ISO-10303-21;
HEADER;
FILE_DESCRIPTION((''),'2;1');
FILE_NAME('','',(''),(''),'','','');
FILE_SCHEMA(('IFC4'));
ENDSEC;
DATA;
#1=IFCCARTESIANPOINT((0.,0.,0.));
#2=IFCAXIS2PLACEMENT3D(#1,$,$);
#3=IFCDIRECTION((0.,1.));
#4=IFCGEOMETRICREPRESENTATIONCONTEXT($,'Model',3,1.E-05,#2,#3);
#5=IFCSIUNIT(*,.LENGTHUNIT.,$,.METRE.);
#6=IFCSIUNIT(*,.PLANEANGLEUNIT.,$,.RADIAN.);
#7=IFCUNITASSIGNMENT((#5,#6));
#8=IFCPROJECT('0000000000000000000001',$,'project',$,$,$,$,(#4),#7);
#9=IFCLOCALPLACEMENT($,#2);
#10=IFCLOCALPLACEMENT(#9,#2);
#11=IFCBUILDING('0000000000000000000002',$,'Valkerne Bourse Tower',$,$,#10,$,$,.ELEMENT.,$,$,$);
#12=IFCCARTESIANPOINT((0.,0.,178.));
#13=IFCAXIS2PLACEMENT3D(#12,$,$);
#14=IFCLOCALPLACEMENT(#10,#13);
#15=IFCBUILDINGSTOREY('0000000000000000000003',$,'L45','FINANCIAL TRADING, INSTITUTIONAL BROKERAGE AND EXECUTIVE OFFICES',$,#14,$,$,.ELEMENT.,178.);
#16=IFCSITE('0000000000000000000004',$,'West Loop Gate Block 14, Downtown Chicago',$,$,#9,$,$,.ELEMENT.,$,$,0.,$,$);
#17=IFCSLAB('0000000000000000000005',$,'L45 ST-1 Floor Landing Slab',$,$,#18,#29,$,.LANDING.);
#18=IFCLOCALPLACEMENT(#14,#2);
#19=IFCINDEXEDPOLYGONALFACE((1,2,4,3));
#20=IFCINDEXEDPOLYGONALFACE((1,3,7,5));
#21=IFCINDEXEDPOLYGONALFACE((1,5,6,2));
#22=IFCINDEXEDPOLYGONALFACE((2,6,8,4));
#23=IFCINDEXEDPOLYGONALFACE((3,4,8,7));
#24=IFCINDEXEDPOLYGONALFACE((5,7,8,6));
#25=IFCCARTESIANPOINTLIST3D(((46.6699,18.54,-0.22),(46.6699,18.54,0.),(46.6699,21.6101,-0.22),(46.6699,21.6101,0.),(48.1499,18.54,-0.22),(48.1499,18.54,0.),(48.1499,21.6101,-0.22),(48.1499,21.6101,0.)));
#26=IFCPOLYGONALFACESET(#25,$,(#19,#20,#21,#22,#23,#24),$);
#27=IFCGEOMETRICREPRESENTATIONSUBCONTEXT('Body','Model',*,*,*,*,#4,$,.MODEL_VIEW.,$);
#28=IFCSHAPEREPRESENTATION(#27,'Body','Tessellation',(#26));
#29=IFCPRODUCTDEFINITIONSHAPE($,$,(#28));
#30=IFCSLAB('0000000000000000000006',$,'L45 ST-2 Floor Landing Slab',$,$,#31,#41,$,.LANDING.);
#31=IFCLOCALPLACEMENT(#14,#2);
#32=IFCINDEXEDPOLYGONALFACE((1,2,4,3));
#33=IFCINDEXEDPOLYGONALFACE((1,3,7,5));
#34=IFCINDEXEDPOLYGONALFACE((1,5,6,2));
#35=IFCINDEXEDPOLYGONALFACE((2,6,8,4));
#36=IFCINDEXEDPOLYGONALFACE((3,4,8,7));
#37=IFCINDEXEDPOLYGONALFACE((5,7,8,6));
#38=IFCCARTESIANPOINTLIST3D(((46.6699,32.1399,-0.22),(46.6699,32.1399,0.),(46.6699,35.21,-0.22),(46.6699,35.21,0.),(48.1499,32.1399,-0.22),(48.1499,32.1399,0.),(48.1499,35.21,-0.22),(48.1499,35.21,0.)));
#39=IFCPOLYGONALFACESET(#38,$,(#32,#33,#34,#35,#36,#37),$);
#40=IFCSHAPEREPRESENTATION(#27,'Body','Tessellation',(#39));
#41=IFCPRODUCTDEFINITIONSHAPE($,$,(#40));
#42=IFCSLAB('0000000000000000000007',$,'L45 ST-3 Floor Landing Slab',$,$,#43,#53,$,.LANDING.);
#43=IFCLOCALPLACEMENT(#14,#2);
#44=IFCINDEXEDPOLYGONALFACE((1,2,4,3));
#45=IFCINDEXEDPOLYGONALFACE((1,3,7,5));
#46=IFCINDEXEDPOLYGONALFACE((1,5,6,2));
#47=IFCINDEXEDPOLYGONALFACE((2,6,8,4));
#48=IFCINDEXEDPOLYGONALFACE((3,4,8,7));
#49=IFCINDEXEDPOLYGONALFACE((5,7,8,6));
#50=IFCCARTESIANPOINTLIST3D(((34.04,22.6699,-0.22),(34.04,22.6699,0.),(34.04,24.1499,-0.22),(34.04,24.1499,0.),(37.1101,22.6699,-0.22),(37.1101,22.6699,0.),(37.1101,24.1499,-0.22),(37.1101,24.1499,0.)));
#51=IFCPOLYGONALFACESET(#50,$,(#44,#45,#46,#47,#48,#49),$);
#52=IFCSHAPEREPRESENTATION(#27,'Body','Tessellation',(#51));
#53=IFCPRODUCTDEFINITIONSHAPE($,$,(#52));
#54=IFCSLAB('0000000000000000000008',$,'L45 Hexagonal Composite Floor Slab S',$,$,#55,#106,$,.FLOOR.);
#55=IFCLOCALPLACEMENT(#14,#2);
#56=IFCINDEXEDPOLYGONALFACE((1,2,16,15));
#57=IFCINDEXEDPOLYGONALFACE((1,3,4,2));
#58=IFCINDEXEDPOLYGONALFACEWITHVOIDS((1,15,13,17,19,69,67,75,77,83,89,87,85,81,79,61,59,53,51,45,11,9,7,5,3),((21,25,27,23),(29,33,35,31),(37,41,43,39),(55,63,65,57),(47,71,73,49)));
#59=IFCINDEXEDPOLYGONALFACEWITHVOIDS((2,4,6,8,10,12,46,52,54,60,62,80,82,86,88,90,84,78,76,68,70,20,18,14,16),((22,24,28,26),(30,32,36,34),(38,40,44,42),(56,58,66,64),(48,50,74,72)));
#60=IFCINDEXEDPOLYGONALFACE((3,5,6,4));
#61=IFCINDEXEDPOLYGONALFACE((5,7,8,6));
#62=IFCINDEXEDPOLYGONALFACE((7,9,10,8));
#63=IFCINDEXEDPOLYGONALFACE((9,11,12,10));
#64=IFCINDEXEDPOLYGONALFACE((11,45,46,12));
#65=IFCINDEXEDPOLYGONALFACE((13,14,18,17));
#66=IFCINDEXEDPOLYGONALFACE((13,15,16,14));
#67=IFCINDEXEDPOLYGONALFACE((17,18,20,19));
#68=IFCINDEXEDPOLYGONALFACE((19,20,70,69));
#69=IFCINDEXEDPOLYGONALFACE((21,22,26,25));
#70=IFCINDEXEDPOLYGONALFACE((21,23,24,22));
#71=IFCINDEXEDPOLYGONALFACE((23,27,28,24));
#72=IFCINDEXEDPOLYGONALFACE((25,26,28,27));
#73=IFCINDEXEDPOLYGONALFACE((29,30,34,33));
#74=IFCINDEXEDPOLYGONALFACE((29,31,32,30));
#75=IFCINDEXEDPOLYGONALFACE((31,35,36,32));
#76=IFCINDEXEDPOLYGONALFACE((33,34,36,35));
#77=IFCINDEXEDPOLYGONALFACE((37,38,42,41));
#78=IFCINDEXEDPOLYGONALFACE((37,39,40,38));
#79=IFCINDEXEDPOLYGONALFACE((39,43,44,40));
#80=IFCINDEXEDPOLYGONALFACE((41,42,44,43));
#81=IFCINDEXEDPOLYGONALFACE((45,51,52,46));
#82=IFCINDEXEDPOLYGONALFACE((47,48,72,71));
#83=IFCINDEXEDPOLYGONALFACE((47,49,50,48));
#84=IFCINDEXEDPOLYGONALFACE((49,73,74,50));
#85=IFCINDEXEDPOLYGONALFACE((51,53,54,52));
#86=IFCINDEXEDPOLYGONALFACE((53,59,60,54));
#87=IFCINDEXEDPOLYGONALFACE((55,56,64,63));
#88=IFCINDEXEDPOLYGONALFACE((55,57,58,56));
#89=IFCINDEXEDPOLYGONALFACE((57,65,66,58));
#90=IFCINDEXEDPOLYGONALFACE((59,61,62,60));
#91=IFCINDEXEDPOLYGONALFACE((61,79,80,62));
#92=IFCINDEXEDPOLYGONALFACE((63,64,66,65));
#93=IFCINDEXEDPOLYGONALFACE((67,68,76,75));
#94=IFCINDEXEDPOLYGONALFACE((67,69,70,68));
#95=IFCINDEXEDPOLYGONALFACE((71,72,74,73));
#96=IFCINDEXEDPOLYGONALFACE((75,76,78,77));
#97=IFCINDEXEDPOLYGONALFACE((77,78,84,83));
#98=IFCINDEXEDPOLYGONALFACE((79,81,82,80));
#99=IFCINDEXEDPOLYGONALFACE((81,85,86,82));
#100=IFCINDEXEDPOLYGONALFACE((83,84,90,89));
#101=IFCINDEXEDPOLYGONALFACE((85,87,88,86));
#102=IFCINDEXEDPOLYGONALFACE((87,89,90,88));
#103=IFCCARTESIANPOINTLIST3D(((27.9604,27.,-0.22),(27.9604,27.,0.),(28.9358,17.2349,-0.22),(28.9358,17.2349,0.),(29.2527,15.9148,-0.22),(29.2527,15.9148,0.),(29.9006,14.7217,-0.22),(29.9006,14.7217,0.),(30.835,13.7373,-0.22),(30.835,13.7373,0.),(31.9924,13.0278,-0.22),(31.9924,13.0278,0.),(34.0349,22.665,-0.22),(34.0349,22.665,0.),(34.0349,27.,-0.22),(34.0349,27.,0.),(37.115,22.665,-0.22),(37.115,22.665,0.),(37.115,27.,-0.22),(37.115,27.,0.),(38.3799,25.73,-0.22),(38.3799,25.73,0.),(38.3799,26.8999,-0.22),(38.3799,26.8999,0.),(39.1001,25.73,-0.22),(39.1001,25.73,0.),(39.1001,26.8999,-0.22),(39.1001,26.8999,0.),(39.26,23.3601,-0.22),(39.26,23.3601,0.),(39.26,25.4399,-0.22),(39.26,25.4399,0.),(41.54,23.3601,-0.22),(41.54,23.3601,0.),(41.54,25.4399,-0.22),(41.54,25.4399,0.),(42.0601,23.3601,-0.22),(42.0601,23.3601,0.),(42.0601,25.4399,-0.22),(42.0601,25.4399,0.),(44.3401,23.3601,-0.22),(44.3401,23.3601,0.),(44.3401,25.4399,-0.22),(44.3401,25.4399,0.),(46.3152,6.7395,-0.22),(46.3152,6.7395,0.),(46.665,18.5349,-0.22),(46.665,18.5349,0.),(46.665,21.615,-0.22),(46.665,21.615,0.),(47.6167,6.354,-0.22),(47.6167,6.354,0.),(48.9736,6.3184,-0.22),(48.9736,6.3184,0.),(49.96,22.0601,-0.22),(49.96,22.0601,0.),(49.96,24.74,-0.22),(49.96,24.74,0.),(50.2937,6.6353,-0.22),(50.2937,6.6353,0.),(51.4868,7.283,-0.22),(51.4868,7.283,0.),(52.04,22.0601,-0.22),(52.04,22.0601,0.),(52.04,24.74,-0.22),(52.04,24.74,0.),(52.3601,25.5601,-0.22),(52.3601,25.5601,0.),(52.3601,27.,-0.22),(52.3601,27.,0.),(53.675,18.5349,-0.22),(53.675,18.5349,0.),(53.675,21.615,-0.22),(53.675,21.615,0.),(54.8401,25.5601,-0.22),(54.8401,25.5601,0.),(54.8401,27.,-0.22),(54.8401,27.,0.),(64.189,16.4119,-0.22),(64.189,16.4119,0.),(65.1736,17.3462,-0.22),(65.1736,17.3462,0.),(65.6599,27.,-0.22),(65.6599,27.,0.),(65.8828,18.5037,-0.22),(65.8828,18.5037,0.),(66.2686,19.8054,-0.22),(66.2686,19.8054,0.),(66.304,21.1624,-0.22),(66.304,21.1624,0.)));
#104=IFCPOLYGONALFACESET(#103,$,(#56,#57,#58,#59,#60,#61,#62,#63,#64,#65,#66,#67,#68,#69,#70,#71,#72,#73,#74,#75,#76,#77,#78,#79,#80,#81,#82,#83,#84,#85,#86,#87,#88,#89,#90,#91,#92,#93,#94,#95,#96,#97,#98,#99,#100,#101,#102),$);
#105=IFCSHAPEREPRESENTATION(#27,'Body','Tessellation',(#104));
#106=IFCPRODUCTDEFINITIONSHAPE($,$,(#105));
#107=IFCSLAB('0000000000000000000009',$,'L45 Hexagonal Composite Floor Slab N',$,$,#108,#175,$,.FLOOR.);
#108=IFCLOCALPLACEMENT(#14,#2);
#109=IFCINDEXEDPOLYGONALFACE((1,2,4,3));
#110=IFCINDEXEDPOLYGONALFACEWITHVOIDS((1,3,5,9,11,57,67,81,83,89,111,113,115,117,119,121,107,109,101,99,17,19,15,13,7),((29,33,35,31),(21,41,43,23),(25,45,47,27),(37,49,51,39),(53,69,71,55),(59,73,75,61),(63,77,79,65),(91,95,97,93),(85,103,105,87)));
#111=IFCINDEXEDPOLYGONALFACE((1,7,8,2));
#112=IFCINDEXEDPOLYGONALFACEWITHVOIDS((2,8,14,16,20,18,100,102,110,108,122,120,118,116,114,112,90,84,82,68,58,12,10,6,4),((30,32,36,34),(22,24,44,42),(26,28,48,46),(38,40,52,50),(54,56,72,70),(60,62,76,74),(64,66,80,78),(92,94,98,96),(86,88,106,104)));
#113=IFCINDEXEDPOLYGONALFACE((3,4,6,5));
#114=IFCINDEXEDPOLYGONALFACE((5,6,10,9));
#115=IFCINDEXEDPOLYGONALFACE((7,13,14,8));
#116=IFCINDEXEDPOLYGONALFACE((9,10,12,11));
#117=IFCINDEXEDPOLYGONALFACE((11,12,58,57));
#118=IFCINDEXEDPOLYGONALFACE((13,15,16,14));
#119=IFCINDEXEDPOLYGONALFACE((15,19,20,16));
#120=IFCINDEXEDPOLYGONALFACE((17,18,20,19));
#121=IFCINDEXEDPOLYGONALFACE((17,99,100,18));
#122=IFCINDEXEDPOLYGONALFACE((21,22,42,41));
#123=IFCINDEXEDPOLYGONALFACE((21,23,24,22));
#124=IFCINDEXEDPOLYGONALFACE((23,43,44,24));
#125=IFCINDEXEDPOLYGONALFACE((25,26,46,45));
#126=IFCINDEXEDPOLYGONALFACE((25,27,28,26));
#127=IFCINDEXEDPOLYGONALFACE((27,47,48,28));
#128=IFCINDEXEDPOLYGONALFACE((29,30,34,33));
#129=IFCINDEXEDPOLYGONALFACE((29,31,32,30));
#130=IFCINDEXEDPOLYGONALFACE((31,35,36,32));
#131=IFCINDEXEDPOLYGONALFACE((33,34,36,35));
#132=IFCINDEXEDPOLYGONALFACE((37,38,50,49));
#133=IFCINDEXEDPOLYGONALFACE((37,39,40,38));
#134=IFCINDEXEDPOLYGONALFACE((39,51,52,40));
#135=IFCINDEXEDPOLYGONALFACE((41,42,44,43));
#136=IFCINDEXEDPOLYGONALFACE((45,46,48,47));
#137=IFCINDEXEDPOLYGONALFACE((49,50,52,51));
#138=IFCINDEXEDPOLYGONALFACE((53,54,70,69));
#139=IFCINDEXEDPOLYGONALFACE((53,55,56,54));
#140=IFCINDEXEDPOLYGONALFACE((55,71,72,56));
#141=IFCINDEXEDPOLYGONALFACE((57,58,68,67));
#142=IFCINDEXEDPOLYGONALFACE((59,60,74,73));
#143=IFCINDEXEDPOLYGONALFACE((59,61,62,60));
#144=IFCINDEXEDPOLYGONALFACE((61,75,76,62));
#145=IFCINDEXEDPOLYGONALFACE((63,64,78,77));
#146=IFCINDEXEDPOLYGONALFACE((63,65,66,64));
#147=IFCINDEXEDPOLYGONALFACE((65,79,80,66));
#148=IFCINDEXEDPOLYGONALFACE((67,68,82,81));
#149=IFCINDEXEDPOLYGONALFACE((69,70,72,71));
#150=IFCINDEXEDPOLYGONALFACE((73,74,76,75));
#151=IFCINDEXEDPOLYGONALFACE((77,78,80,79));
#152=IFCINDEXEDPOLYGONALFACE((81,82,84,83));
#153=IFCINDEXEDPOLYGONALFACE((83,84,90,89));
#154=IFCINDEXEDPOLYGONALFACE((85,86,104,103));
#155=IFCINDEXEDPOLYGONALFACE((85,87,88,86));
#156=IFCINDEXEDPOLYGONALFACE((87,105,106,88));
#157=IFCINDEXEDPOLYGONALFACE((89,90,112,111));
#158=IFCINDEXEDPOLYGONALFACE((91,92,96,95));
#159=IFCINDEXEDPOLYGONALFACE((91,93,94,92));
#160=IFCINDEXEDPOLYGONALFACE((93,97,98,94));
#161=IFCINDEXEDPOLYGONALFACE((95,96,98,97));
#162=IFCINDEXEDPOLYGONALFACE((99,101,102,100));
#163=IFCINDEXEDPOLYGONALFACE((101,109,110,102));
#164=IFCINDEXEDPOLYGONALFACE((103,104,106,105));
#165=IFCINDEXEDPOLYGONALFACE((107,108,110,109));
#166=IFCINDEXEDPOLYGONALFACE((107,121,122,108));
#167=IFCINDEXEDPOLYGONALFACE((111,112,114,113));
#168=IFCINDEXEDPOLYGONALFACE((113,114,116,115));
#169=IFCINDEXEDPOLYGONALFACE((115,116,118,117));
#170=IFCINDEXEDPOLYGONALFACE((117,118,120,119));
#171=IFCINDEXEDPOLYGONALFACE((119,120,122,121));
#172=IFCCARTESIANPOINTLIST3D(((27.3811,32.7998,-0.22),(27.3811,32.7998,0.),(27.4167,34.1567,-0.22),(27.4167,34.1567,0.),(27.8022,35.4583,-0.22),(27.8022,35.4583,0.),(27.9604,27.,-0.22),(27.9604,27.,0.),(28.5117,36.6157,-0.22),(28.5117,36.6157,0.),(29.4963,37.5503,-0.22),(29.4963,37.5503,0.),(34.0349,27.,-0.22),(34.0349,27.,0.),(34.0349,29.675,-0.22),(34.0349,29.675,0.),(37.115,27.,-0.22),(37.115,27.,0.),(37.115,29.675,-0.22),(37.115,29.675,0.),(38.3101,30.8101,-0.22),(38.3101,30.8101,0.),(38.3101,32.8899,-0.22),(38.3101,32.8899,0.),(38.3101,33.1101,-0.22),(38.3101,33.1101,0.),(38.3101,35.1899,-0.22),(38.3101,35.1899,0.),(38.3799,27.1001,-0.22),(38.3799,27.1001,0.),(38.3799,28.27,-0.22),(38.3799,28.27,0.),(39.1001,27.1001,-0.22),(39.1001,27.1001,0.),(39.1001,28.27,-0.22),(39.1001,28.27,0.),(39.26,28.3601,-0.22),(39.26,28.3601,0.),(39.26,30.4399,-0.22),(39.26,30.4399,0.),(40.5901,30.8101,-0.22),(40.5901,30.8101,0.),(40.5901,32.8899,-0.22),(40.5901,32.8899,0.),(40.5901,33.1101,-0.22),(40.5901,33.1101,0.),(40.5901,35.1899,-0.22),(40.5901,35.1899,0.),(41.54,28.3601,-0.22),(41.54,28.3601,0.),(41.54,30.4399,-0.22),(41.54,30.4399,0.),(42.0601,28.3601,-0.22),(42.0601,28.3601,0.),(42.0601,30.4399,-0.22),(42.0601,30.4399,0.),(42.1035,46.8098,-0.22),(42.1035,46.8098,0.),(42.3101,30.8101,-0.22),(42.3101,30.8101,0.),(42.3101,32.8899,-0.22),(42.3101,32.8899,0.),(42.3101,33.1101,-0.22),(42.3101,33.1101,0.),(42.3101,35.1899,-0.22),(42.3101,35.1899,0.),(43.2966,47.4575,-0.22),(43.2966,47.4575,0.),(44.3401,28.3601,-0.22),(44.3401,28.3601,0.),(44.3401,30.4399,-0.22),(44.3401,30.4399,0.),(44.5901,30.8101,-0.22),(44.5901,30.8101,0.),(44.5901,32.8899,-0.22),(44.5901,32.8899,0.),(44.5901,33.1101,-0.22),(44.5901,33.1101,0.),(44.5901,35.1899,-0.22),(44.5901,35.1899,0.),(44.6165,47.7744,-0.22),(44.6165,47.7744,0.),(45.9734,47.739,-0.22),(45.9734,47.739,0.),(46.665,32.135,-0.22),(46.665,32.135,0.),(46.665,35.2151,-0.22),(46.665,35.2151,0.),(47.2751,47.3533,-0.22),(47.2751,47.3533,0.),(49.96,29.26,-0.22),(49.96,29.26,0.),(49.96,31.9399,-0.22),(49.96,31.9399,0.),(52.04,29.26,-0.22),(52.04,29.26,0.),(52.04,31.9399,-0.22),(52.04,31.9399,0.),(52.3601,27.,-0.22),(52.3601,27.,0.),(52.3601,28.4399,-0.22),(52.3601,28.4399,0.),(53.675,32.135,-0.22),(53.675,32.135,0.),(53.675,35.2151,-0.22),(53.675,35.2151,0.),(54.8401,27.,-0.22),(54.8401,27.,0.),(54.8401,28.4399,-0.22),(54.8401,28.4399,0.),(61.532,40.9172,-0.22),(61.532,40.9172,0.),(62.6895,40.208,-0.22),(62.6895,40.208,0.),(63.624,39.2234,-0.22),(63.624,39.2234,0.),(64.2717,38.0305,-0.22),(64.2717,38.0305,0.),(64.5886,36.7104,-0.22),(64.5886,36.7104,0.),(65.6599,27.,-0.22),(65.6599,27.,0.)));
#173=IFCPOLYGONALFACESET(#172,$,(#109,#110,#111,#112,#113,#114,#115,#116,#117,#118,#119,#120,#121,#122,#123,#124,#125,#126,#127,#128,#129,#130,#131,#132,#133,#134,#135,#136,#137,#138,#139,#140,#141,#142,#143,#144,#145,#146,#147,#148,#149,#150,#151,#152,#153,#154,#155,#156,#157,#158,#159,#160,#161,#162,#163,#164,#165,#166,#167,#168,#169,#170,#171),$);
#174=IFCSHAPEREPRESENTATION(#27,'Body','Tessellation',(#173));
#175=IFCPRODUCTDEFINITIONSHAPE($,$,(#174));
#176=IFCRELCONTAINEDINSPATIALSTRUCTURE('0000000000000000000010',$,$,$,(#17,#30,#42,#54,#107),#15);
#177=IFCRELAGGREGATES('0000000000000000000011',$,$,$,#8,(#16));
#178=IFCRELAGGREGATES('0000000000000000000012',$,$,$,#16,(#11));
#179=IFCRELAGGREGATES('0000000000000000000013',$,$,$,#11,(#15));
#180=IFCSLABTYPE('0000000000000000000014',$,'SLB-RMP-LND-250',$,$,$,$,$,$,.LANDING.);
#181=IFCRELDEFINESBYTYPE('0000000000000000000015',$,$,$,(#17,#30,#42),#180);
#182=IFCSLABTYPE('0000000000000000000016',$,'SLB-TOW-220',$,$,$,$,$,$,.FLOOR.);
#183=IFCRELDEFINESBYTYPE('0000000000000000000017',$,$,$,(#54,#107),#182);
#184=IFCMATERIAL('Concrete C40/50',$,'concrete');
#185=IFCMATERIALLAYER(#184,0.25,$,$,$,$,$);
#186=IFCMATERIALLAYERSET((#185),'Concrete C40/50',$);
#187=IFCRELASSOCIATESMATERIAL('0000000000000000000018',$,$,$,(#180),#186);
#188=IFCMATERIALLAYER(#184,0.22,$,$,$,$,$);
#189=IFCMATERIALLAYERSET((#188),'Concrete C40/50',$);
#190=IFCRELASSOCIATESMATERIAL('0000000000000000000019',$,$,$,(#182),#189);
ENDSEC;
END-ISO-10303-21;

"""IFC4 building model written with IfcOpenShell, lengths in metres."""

from ifc_helpers import new_model, si_unit, direction, frame, origin, place, context, subcontext, project, spatial, polyline, outline, extrude, material, layer, layer_set, type_object, element, save


model = new_model("IFC4")

# Units and contexts
model_context = context("Model", 3, precision=1e-05, world=origin(), true_north=direction((0.0, 1.0)))
body_context = subcontext(model_context, "Body", "Model", "MODEL_VIEW")
ifc_project = project(units=[si_unit("LENGTHUNIT", "METRE"), si_unit("PLANEANGLEUNIT", "RADIAN")], contexts=[model_context])

# Site, building, storey
site_placement = place(None, origin())
site = spatial("IfcSite", under=ifc_project, at=site_placement, Name="West Loop Gate Block 14, Downtown Chicago", CompositionType="ELEMENT", RefElevation=0.0)
building_placement = place(site_placement, origin())
building = spatial("IfcBuilding", under=site, at=building_placement, Name="Valkerne Bourse Tower", CompositionType="ELEMENT")
storey_placement = place(building_placement, frame((0.0, 0.0, 178.0)))
storey = spatial("IfcBuildingStorey", under=building, at=storey_placement, Name="L45", Description="FINANCIAL TRADING, INSTITUTIONAL BROKERAGE AND EXECUTIVE OFFICES", CompositionType="ELEMENT", Elevation=178.0)

# Slabs
ifc_material_1 = material(Name="Concrete C40/50", Category="concrete")
ifc_layer_1 = layer(ifc_material_1, 0.25)
ifc_layer_set_1 = layer_set([ifc_layer_1], Name="Concrete C40/50")
slab_type_1 = type_object("IfcSlabType", Name="SLB-RMP-LND-250", PredefinedType="LANDING", material=ifc_layer_set_1)
slab_1_placement = place(storey_placement, frame((0.0, 0.0, -0.22)))
element("IfcSlab", 1, at=slab_1_placement, inside=storey, type_object=slab_type_1, Name="L45 ST-1 Floor Landing Slab", PredefinedType="LANDING", context=body_context, shape_type="SweptSolid", body=[
    extrude(outline(polyline([(46.6699, 18.54), (48.1499, 18.54), (48.1499, 21.6101), (46.6699, 21.6101), (46.6699, 18.54)])), origin(), (0.0, 0.0, 1.0), 0.22),
])
slab_2_placement = place(storey_placement, frame((0.0, 0.0, -0.22)))
element("IfcSlab", 2, at=slab_2_placement, inside=storey, type_object=slab_type_1, Name="L45 ST-2 Floor Landing Slab", PredefinedType="LANDING", context=body_context, shape_type="SweptSolid", body=[
    extrude(outline(polyline([(46.6699, 32.1399), (48.1499, 32.1399), (48.1499, 35.21), (46.6699, 35.21), (46.6699, 32.1399)])), origin(), (0.0, 0.0, 1.0), 0.22),
])
slab_3_placement = place(storey_placement, frame((0.0, 0.0, -0.22)))
element("IfcSlab", 3, at=slab_3_placement, inside=storey, type_object=slab_type_1, Name="L45 ST-3 Floor Landing Slab", PredefinedType="LANDING", context=body_context, shape_type="SweptSolid", body=[
    extrude(outline(polyline([(37.1101, 22.6699), (37.1101, 24.1499), (34.04, 24.1499), (34.04, 22.6699), (37.1101, 22.6699)])), origin(), (0.0, 0.0, 1.0), 0.22),
])
ifc_layer_2 = layer(ifc_material_1, 0.22)
ifc_layer_set_2 = layer_set([ifc_layer_2], Name="Concrete C40/50")
slab_type_2 = type_object("IfcSlabType", Name="SLB-TOW-220", PredefinedType="FLOOR", material=ifc_layer_set_2)
slab_4_placement = place(storey_placement, frame((0.0, 0.0, -0.22)))
element("IfcSlab", 4, at=slab_4_placement, inside=storey, type_object=slab_type_2, Name="L45 Hexagonal Composite Floor Slab S", PredefinedType="FLOOR", context=body_context, shape_type="SweptSolid", body=[
    extrude(outline(polyline([(66.2686, 19.8054), (65.8828, 18.5037), (65.1736, 17.3462), (64.189, 16.4119), (51.4868, 7.283), (50.2937, 6.6353), (48.9736, 6.3184), (47.6167, 6.354), (46.3152, 6.7395), (31.9924, 13.0278), (30.835, 13.7373), (29.9006, 14.7217), (29.2527, 15.9148), (28.9358, 17.2349), (27.9604, 27.0), (34.0349, 27.0), (34.0349, 22.665), (37.115, 22.665), (37.115, 27.0), (52.3601, 27.0), (52.3601, 25.5601), (54.8401, 25.5601), (54.8401, 27.0), (65.6599, 27.0), (66.304, 21.1624), (66.2686, 19.8054)]), holes=[polyline([(41.54, 25.4399), (39.26, 25.4399), (39.26, 23.3601), (41.54, 23.3601), (41.54, 25.4399)]), polyline([(44.3401, 25.4399), (42.0601, 25.4399), (42.0601, 23.3601), (44.3401, 23.3601), (44.3401, 25.4399)]), polyline([(39.1001, 26.8999), (38.3799, 26.8999), (38.3799, 25.73), (39.1001, 25.73), (39.1001, 26.8999)]), polyline([(53.675, 21.615), (46.665, 21.615), (46.665, 18.5349), (53.675, 18.5349), (53.675, 21.615)]), polyline([(52.04, 24.74), (49.96, 24.74), (49.96, 22.0601), (52.04, 22.0601), (52.04, 24.74)])]), origin(), (0.0, 0.0, 1.0), 0.22),
])
slab_5_placement = place(storey_placement, frame((0.0, 0.0, -0.22)))
element("IfcSlab", 5, at=slab_5_placement, inside=storey, type_object=slab_type_2, Name="L45 Hexagonal Composite Floor Slab N", PredefinedType="FLOOR", context=body_context, shape_type="SweptSolid", body=[
    extrude(outline(polyline([(27.3811, 32.7998), (27.4167, 34.1567), (27.8022, 35.4583), (28.5117, 36.6157), (29.4963, 37.5503), (42.1035, 46.8098), (43.2966, 47.4575), (44.6165, 47.7744), (45.9734, 47.739), (47.2751, 47.3533), (61.532, 40.9172), (62.6895, 40.208), (63.624, 39.2234), (64.2717, 38.0305), (64.5886, 36.7104), (65.6599, 27.0), (54.8401, 27.0), (54.8401, 28.4399), (52.3601, 28.4399), (52.3601, 27.0), (37.115, 27.0), (37.115, 29.675), (34.0349, 29.675), (34.0349, 27.0), (27.9604, 27.0), (27.3811, 32.7998)]), holes=[polyline([(39.1001, 28.27), (38.3799, 28.27), (38.3799, 27.1001), (39.1001, 27.1001), (39.1001, 28.27)]), polyline([(41.54, 30.4399), (39.26, 30.4399), (39.26, 28.3601), (41.54, 28.3601), (41.54, 30.4399)]), polyline([(40.5901, 32.8899), (38.3101, 32.8899), (38.3101, 30.8101), (40.5901, 30.8101), (40.5901, 32.8899)]), polyline([(40.5901, 35.1899), (38.3101, 35.1899), (38.3101, 33.1101), (40.5901, 33.1101), (40.5901, 35.1899)]), polyline([(44.3401, 30.4399), (42.0601, 30.4399), (42.0601, 28.3601), (44.3401, 28.3601), (44.3401, 30.4399)]), polyline([(52.04, 31.9399), (49.96, 31.9399), (49.96, 29.26), (52.04, 29.26), (52.04, 31.9399)]), polyline([(44.5901, 32.8899), (42.3101, 32.8899), (42.3101, 30.8101), (44.5901, 30.8101), (44.5901, 32.8899)]), polyline([(53.675, 35.2151), (46.665, 35.2151), (46.665, 32.135), (53.675, 32.135), (53.675, 35.2151)]), polyline([(44.5901, 35.1899), (42.3101, 35.1899), (42.3101, 33.1101), (44.5901, 33.1101), (44.5901, 35.1899)])]), origin(), (0.0, 0.0, 1.0), 0.22),
])

save(model, "model.ifc")
